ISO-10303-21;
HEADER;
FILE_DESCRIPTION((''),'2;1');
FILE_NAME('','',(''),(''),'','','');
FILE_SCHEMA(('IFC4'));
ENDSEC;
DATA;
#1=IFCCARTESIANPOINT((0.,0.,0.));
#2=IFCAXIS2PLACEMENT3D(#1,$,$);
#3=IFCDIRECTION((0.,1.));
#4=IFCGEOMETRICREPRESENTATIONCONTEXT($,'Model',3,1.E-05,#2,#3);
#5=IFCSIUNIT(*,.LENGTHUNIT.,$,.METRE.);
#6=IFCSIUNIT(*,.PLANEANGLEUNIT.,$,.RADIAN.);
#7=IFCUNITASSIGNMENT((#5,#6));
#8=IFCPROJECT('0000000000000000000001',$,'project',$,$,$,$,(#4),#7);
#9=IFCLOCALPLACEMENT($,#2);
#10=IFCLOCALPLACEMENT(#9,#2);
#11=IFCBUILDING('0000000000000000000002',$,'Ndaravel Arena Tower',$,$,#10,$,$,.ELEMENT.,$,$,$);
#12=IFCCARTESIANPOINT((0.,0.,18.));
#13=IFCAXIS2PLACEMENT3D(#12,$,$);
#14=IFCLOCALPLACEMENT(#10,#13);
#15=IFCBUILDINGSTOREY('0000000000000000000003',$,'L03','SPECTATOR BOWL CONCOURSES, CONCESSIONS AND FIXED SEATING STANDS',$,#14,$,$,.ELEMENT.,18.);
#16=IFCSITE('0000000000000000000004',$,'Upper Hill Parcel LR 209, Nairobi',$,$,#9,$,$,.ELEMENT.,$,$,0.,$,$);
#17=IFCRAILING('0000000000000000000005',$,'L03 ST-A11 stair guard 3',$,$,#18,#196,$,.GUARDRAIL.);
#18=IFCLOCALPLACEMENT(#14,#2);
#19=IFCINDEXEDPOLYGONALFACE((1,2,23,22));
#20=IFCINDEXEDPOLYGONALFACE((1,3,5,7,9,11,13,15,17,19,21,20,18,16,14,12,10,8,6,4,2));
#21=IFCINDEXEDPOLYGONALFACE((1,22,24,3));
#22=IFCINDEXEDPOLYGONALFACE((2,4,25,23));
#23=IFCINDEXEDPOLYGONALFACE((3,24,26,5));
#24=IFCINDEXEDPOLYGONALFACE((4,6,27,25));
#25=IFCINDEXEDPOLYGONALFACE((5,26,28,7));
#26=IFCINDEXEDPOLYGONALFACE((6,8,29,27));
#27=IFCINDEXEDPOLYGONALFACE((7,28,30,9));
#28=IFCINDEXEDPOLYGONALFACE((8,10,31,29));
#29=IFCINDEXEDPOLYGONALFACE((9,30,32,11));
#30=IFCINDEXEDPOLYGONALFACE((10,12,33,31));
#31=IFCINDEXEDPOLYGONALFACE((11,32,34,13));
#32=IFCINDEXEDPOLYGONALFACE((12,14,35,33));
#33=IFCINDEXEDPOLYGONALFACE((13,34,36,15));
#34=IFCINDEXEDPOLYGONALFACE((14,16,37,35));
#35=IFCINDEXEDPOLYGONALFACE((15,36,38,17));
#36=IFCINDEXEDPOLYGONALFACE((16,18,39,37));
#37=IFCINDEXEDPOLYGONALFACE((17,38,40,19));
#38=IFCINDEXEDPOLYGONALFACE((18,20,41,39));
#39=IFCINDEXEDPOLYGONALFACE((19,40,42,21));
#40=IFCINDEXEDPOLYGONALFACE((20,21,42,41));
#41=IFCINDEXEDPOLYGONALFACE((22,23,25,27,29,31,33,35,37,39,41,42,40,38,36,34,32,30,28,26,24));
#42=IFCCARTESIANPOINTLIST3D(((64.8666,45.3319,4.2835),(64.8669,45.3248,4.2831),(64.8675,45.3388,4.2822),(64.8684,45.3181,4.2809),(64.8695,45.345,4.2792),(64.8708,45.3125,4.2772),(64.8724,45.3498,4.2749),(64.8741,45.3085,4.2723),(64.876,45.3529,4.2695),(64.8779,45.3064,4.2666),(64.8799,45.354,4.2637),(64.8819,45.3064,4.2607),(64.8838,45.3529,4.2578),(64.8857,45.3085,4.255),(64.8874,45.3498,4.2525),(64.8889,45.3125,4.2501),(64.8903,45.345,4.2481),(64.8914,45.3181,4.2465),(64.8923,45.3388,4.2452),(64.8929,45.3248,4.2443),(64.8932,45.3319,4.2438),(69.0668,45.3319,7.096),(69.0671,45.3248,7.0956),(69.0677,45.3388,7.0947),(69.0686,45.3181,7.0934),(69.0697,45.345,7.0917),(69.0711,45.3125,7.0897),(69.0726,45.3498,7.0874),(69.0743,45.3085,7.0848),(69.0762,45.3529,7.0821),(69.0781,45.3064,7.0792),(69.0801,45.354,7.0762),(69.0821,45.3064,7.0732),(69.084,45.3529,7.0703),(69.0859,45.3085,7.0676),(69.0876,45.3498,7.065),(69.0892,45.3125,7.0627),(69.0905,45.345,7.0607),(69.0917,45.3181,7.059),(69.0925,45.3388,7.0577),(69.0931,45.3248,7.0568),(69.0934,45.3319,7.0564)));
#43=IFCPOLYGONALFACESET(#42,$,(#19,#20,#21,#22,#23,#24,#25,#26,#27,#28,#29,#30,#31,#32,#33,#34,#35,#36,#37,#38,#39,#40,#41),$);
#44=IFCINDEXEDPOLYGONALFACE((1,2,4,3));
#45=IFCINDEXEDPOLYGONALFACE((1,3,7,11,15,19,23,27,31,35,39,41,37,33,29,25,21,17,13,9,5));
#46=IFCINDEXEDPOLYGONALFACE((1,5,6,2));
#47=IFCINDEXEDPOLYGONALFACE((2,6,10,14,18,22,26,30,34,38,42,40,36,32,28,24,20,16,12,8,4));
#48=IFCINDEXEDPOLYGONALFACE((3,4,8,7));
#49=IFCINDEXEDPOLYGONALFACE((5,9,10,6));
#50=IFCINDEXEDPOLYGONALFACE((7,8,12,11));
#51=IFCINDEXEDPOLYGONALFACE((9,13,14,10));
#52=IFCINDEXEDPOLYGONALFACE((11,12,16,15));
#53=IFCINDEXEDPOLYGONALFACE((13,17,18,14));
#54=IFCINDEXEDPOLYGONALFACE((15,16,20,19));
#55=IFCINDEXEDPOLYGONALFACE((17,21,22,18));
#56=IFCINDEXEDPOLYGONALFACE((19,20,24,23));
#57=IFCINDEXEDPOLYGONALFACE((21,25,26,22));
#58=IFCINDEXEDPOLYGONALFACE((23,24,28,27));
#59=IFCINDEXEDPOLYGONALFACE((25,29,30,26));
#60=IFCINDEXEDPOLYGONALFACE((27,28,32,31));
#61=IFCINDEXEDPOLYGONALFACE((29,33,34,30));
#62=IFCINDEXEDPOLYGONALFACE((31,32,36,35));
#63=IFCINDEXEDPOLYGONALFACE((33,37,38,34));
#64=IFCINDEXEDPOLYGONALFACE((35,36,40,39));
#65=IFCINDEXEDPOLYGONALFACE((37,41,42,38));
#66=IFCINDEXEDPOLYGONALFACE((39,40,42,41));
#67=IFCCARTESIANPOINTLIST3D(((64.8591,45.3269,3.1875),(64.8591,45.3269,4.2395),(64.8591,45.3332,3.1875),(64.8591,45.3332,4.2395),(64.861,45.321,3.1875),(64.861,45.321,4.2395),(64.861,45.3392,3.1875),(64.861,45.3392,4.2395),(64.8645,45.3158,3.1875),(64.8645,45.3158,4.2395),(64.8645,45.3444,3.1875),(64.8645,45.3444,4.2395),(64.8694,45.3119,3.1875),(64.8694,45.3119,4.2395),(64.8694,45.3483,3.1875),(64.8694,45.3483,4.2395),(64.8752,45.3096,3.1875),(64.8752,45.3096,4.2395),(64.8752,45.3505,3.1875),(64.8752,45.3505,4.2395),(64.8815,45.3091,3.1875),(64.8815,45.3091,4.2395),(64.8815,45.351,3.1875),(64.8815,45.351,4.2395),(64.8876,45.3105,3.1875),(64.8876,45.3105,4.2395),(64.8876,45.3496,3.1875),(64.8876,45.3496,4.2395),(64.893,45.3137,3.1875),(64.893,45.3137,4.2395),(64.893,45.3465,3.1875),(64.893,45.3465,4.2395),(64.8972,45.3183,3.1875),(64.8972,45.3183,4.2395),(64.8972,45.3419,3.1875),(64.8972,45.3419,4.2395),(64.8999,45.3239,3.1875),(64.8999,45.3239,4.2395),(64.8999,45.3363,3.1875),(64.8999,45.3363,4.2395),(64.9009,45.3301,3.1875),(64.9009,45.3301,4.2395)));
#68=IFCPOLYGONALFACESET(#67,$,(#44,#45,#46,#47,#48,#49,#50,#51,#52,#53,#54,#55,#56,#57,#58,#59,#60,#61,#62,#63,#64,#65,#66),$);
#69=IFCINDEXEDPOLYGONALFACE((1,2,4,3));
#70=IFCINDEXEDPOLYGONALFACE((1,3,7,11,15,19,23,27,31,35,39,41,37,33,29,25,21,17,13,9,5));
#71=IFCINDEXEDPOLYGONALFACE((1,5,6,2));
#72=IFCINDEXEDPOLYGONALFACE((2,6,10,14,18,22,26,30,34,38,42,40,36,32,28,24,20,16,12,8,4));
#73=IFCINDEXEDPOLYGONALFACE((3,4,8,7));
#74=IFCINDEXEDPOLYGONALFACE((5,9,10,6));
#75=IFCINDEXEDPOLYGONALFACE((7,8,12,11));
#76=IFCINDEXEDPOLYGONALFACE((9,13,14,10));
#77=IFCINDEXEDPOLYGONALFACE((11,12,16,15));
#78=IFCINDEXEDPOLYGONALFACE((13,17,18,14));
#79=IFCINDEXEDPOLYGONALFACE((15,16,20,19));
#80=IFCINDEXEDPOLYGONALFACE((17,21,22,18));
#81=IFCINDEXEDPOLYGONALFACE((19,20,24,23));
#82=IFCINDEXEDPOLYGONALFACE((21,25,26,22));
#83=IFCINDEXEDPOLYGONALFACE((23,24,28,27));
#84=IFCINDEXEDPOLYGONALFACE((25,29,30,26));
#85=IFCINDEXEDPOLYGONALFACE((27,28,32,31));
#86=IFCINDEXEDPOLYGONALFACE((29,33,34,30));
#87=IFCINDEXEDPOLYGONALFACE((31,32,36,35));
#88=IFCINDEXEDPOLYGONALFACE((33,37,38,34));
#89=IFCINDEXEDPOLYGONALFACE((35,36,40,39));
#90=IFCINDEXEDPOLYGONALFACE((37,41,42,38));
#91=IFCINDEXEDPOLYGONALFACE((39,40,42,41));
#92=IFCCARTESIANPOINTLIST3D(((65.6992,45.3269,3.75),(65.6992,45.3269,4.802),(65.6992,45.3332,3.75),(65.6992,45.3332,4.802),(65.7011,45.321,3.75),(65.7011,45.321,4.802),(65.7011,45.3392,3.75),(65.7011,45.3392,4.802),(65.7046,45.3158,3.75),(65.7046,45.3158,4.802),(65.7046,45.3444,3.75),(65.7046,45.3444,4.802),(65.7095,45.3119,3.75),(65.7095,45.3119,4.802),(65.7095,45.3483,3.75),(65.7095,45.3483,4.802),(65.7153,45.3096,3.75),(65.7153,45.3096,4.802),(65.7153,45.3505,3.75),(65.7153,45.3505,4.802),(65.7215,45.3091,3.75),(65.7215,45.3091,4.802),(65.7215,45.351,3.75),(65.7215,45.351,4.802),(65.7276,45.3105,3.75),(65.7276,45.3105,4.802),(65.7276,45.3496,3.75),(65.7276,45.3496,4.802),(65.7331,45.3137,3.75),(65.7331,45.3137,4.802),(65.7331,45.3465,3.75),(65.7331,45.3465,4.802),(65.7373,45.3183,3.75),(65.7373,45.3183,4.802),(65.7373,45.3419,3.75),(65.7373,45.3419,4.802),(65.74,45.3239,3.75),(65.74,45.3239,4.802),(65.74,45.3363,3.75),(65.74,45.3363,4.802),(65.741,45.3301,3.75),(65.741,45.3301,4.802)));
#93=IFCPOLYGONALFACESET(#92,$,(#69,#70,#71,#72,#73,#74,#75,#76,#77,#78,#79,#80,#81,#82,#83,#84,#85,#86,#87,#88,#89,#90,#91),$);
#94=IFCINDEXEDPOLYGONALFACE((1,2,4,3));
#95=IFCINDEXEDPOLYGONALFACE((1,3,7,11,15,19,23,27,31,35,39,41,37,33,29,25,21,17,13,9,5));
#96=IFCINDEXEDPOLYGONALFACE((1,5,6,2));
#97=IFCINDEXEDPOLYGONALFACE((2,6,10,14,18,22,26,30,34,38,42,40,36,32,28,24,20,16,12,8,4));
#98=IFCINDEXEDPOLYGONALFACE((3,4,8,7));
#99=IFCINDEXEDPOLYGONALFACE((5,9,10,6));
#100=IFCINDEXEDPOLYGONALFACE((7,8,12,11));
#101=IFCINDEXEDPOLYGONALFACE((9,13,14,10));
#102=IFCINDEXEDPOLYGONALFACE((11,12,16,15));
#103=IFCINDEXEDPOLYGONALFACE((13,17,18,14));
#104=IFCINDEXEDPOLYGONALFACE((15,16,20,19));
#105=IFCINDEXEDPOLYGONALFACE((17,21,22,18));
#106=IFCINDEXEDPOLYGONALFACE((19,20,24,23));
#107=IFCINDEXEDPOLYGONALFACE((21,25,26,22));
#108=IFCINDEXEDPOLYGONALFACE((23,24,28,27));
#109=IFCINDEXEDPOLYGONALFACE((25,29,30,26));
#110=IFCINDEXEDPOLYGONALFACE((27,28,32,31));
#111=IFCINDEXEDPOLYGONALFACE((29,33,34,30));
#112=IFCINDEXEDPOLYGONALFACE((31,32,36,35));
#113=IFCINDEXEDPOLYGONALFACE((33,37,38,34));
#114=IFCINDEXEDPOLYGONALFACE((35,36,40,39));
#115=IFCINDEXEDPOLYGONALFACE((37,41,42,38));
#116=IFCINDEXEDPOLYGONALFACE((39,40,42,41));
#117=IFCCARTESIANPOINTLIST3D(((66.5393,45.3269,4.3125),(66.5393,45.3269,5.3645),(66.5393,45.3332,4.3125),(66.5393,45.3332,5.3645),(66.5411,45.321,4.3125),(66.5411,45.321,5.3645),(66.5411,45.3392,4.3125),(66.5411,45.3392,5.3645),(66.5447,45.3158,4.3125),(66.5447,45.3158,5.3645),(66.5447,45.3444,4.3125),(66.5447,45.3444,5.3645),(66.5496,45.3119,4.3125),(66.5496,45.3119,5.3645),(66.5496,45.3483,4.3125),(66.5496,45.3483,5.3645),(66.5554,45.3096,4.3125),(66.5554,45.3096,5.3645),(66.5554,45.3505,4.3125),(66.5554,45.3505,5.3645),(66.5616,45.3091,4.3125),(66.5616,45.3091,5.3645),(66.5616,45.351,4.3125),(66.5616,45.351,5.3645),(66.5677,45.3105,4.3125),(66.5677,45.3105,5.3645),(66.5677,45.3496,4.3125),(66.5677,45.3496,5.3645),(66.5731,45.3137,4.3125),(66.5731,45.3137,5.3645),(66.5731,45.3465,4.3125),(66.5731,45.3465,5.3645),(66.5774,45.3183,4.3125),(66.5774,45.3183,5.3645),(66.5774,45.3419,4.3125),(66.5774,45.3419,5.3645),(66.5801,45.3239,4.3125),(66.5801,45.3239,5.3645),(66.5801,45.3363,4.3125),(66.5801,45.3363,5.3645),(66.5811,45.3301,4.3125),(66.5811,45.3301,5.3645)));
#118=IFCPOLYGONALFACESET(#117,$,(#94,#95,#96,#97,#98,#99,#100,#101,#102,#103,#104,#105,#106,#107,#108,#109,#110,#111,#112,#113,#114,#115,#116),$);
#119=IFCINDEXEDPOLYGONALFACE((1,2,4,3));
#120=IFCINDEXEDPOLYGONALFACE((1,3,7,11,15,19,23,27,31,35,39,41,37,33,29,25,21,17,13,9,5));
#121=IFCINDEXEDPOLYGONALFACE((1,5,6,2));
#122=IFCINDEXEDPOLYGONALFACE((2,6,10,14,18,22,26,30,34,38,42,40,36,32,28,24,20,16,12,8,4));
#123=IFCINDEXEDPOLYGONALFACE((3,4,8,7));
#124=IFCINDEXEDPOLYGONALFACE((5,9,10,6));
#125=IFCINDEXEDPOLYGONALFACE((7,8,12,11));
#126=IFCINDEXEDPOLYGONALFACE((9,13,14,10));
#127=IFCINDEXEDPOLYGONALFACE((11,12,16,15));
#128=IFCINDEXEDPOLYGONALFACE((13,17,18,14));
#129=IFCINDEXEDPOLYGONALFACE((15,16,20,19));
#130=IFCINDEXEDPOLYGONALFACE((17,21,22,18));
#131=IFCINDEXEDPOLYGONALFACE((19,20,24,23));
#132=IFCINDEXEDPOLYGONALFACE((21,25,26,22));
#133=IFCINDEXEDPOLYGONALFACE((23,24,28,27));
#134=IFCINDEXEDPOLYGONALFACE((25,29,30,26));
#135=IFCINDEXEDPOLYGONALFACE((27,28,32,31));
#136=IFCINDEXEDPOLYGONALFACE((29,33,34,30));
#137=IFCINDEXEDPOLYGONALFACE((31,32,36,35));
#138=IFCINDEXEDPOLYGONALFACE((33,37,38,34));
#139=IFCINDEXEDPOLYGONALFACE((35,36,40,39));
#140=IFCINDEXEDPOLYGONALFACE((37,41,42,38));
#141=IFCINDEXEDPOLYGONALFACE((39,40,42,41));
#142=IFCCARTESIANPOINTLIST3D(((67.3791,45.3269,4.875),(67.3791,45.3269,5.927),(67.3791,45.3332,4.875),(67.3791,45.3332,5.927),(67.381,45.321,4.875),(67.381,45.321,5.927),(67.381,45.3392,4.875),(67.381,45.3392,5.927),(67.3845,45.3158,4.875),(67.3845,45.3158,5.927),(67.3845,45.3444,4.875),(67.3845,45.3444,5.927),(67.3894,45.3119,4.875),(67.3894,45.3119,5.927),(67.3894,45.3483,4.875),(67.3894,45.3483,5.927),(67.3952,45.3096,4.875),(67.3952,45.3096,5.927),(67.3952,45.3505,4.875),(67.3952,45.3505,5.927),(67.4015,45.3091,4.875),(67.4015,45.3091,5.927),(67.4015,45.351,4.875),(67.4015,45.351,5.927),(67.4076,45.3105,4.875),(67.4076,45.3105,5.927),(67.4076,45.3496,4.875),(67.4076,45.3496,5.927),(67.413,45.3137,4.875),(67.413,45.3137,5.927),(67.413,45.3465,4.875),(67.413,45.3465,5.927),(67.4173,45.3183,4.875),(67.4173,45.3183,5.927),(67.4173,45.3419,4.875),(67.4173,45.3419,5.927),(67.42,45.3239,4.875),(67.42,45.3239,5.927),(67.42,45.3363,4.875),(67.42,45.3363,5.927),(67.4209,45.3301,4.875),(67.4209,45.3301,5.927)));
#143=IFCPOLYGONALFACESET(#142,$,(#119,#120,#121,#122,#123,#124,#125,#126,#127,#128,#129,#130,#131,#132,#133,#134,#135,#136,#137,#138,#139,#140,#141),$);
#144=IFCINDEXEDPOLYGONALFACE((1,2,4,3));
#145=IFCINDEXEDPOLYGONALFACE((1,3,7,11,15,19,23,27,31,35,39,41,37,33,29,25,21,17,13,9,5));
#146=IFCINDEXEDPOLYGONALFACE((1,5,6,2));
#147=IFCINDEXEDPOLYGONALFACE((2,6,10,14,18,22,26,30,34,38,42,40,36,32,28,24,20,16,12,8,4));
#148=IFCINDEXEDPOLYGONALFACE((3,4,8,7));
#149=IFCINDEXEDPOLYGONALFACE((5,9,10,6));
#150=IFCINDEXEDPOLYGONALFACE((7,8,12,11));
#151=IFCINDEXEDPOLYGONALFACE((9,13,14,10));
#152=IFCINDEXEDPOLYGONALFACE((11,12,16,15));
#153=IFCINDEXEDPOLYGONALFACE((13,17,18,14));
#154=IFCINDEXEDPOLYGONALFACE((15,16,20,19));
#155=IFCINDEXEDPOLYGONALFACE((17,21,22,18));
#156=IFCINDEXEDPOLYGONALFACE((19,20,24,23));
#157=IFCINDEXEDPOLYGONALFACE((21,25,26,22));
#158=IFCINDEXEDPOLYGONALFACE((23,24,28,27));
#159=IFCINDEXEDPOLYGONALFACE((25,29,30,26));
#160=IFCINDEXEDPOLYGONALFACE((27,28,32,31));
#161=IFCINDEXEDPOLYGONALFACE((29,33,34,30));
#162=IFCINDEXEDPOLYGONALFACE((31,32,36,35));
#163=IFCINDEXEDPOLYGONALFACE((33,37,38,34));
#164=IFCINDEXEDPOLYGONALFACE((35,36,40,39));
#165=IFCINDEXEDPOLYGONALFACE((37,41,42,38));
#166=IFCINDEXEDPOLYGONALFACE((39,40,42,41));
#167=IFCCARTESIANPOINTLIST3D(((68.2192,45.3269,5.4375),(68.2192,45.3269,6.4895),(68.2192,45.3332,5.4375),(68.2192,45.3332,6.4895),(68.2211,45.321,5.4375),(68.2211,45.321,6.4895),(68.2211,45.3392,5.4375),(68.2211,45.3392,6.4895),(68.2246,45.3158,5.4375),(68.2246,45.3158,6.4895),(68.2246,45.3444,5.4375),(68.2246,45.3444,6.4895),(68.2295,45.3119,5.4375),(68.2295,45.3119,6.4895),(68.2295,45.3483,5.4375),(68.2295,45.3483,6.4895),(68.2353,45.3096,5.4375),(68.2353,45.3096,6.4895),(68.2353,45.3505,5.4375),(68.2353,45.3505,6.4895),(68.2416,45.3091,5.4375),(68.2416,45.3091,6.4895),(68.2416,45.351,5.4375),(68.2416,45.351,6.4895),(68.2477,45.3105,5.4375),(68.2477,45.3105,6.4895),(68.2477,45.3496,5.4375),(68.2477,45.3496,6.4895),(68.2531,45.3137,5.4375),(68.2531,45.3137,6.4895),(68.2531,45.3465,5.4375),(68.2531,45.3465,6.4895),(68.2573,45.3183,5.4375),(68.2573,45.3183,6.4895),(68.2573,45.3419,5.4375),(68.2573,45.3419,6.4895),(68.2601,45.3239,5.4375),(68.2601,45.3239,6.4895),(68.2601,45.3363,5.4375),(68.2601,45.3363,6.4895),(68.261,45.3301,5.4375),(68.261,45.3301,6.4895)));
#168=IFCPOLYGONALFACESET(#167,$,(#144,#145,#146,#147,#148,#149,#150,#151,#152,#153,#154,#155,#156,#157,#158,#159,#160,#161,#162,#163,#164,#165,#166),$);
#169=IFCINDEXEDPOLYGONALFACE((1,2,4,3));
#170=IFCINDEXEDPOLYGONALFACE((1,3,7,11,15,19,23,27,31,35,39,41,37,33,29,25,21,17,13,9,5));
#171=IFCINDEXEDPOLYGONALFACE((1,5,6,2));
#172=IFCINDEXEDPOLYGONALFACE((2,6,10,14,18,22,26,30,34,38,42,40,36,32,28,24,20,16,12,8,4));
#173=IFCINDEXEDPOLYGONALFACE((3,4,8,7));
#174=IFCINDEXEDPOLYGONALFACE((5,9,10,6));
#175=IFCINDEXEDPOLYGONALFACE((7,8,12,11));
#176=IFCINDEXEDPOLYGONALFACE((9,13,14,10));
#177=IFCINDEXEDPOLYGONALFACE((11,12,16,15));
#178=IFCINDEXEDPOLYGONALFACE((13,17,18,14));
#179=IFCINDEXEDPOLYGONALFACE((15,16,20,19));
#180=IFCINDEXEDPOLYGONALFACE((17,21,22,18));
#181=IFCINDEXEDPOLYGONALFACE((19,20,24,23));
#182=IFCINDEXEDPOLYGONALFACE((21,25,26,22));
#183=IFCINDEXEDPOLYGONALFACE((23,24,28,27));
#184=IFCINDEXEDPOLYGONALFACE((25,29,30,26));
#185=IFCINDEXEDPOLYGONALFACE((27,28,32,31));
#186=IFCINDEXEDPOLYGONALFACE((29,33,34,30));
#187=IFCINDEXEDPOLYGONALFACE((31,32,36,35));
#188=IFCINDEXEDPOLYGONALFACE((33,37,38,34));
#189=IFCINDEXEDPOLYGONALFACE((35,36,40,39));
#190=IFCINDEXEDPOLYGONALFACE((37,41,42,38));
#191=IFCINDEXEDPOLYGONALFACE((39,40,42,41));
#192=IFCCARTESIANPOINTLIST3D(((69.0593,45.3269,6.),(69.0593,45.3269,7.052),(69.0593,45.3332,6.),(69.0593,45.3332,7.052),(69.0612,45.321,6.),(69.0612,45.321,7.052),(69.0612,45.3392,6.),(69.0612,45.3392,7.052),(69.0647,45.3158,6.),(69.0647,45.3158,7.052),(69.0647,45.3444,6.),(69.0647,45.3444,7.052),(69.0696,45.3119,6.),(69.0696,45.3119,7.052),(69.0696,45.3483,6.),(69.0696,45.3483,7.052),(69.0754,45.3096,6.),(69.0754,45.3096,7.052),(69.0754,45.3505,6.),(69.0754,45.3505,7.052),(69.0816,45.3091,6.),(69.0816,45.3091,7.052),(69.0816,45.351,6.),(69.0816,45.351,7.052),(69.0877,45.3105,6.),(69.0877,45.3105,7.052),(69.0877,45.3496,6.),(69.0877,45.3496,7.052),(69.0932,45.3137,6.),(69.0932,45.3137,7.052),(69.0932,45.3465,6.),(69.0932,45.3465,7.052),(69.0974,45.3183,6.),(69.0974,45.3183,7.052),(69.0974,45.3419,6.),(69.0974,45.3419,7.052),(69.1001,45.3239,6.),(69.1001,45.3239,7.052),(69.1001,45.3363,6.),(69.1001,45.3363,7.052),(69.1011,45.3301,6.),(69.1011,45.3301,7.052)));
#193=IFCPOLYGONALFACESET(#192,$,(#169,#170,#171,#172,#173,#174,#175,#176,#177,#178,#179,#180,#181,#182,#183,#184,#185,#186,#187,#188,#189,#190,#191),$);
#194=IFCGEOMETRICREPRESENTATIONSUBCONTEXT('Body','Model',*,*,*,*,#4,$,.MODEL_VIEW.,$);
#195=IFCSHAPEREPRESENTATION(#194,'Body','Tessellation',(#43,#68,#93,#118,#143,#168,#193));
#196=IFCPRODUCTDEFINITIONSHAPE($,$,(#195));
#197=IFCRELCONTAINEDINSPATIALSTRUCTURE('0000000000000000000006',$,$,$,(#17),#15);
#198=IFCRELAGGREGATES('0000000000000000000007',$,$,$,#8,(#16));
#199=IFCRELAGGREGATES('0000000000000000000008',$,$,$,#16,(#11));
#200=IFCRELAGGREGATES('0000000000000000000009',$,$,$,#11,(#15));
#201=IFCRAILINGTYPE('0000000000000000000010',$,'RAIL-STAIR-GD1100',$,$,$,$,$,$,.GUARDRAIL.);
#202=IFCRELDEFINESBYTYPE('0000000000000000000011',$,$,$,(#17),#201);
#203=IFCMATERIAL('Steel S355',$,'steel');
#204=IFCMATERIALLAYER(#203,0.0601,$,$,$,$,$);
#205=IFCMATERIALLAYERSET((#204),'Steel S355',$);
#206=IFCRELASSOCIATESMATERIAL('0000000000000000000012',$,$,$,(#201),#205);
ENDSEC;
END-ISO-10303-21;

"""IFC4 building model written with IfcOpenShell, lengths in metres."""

from ifc_helpers import new_model, si_unit, direction, frame, origin, origin_2d, place, context, subcontext, project, spatial, circle, extrude, material, layer, layer_set, type_object, element, save


model = new_model("IFC4")

# Units and contexts
model_context = context("Model", 3, precision=1e-05, world=origin(), true_north=direction((0.0, 1.0)))
body_context = subcontext(model_context, "Body", "Model", "MODEL_VIEW")
ifc_project = project(units=[si_unit("LENGTHUNIT", "METRE"), si_unit("PLANEANGLEUNIT", "RADIAN")], contexts=[model_context])

# Site, building, storey
site_placement = place(None, origin())
site = spatial("IfcSite", under=ifc_project, at=site_placement, Name="Upper Hill Parcel LR 209, Nairobi", CompositionType="ELEMENT", RefElevation=0.0)
building_placement = place(site_placement, origin())
building = spatial("IfcBuilding", under=site, at=building_placement, Name="Ndaravel Arena Tower", CompositionType="ELEMENT")
storey_placement = place(building_placement, frame((0.0, 0.0, 18.0)))
storey = spatial("IfcBuildingStorey", under=building, at=storey_placement, Name="L03", Description="SPECTATOR BOWL CONCOURSES, CONCESSIONS AND FIXED SEATING STANDS", CompositionType="ELEMENT", Elevation=18.0)

# Railing
ifc_material_1 = material(Name="Steel S355", Category="steel")
ifc_layer_1 = layer(ifc_material_1, 0.0601)
ifc_layer_set_1 = layer_set([ifc_layer_1], Name="Steel S355")
railing_type_1 = type_object("IfcRailingType", Name="RAIL-STAIR-GD1100", PredefinedType="GUARDRAIL", material=ifc_layer_set_1)
railing_1_placement = place(storey_placement, frame((64.8799, 45.3301, 3.1875)))
element("IfcRailing", 1, at=railing_1_placement, inside=storey, type_object=railing_type_1, Name="L03 ST-A11 stair guard 3", PredefinedType="GUARDRAIL", context=body_context, shape_type="SweptSolid", body=[
    extrude(circle(Radius=0.0239, at=origin_2d()), frame((0.0, 0.0, 1.0762), z_axis=(0.830919, 0.0, 0.556393), x_axis=(0.0, 1.0, 0.0)), (0.0, 0.0, 1.0), 5.0549),
    extrude(circle(Radius=0.021, at=origin_2d()), origin(), (0.0, 0.0, 1.0), 1.052),
    extrude(circle(Radius=0.021, at=origin_2d()), frame((0.8401, 0.0, 0.5625)), (0.0, 0.0, 1.0), 1.052),
    extrude(circle(Radius=0.021, at=origin_2d()), frame((1.6802, 0.0, 1.125)), (0.0, 0.0, 1.0), 1.052),
    extrude(circle(Radius=0.021, at=origin_2d()), frame((2.52, 0.0, 1.6875)), (0.0, 0.0, 1.0), 1.052),
    extrude(circle(Radius=0.021, at=origin_2d()), frame((3.3601, 0.0, 2.25)), (0.0, 0.0, 1.0), 1.052),
    extrude(circle(Radius=0.021, at=origin_2d()), frame((4.2002, 0.0, 2.8125)), (0.0, 0.0, 1.0), 1.052),
])

save(model, "model.ifc")
